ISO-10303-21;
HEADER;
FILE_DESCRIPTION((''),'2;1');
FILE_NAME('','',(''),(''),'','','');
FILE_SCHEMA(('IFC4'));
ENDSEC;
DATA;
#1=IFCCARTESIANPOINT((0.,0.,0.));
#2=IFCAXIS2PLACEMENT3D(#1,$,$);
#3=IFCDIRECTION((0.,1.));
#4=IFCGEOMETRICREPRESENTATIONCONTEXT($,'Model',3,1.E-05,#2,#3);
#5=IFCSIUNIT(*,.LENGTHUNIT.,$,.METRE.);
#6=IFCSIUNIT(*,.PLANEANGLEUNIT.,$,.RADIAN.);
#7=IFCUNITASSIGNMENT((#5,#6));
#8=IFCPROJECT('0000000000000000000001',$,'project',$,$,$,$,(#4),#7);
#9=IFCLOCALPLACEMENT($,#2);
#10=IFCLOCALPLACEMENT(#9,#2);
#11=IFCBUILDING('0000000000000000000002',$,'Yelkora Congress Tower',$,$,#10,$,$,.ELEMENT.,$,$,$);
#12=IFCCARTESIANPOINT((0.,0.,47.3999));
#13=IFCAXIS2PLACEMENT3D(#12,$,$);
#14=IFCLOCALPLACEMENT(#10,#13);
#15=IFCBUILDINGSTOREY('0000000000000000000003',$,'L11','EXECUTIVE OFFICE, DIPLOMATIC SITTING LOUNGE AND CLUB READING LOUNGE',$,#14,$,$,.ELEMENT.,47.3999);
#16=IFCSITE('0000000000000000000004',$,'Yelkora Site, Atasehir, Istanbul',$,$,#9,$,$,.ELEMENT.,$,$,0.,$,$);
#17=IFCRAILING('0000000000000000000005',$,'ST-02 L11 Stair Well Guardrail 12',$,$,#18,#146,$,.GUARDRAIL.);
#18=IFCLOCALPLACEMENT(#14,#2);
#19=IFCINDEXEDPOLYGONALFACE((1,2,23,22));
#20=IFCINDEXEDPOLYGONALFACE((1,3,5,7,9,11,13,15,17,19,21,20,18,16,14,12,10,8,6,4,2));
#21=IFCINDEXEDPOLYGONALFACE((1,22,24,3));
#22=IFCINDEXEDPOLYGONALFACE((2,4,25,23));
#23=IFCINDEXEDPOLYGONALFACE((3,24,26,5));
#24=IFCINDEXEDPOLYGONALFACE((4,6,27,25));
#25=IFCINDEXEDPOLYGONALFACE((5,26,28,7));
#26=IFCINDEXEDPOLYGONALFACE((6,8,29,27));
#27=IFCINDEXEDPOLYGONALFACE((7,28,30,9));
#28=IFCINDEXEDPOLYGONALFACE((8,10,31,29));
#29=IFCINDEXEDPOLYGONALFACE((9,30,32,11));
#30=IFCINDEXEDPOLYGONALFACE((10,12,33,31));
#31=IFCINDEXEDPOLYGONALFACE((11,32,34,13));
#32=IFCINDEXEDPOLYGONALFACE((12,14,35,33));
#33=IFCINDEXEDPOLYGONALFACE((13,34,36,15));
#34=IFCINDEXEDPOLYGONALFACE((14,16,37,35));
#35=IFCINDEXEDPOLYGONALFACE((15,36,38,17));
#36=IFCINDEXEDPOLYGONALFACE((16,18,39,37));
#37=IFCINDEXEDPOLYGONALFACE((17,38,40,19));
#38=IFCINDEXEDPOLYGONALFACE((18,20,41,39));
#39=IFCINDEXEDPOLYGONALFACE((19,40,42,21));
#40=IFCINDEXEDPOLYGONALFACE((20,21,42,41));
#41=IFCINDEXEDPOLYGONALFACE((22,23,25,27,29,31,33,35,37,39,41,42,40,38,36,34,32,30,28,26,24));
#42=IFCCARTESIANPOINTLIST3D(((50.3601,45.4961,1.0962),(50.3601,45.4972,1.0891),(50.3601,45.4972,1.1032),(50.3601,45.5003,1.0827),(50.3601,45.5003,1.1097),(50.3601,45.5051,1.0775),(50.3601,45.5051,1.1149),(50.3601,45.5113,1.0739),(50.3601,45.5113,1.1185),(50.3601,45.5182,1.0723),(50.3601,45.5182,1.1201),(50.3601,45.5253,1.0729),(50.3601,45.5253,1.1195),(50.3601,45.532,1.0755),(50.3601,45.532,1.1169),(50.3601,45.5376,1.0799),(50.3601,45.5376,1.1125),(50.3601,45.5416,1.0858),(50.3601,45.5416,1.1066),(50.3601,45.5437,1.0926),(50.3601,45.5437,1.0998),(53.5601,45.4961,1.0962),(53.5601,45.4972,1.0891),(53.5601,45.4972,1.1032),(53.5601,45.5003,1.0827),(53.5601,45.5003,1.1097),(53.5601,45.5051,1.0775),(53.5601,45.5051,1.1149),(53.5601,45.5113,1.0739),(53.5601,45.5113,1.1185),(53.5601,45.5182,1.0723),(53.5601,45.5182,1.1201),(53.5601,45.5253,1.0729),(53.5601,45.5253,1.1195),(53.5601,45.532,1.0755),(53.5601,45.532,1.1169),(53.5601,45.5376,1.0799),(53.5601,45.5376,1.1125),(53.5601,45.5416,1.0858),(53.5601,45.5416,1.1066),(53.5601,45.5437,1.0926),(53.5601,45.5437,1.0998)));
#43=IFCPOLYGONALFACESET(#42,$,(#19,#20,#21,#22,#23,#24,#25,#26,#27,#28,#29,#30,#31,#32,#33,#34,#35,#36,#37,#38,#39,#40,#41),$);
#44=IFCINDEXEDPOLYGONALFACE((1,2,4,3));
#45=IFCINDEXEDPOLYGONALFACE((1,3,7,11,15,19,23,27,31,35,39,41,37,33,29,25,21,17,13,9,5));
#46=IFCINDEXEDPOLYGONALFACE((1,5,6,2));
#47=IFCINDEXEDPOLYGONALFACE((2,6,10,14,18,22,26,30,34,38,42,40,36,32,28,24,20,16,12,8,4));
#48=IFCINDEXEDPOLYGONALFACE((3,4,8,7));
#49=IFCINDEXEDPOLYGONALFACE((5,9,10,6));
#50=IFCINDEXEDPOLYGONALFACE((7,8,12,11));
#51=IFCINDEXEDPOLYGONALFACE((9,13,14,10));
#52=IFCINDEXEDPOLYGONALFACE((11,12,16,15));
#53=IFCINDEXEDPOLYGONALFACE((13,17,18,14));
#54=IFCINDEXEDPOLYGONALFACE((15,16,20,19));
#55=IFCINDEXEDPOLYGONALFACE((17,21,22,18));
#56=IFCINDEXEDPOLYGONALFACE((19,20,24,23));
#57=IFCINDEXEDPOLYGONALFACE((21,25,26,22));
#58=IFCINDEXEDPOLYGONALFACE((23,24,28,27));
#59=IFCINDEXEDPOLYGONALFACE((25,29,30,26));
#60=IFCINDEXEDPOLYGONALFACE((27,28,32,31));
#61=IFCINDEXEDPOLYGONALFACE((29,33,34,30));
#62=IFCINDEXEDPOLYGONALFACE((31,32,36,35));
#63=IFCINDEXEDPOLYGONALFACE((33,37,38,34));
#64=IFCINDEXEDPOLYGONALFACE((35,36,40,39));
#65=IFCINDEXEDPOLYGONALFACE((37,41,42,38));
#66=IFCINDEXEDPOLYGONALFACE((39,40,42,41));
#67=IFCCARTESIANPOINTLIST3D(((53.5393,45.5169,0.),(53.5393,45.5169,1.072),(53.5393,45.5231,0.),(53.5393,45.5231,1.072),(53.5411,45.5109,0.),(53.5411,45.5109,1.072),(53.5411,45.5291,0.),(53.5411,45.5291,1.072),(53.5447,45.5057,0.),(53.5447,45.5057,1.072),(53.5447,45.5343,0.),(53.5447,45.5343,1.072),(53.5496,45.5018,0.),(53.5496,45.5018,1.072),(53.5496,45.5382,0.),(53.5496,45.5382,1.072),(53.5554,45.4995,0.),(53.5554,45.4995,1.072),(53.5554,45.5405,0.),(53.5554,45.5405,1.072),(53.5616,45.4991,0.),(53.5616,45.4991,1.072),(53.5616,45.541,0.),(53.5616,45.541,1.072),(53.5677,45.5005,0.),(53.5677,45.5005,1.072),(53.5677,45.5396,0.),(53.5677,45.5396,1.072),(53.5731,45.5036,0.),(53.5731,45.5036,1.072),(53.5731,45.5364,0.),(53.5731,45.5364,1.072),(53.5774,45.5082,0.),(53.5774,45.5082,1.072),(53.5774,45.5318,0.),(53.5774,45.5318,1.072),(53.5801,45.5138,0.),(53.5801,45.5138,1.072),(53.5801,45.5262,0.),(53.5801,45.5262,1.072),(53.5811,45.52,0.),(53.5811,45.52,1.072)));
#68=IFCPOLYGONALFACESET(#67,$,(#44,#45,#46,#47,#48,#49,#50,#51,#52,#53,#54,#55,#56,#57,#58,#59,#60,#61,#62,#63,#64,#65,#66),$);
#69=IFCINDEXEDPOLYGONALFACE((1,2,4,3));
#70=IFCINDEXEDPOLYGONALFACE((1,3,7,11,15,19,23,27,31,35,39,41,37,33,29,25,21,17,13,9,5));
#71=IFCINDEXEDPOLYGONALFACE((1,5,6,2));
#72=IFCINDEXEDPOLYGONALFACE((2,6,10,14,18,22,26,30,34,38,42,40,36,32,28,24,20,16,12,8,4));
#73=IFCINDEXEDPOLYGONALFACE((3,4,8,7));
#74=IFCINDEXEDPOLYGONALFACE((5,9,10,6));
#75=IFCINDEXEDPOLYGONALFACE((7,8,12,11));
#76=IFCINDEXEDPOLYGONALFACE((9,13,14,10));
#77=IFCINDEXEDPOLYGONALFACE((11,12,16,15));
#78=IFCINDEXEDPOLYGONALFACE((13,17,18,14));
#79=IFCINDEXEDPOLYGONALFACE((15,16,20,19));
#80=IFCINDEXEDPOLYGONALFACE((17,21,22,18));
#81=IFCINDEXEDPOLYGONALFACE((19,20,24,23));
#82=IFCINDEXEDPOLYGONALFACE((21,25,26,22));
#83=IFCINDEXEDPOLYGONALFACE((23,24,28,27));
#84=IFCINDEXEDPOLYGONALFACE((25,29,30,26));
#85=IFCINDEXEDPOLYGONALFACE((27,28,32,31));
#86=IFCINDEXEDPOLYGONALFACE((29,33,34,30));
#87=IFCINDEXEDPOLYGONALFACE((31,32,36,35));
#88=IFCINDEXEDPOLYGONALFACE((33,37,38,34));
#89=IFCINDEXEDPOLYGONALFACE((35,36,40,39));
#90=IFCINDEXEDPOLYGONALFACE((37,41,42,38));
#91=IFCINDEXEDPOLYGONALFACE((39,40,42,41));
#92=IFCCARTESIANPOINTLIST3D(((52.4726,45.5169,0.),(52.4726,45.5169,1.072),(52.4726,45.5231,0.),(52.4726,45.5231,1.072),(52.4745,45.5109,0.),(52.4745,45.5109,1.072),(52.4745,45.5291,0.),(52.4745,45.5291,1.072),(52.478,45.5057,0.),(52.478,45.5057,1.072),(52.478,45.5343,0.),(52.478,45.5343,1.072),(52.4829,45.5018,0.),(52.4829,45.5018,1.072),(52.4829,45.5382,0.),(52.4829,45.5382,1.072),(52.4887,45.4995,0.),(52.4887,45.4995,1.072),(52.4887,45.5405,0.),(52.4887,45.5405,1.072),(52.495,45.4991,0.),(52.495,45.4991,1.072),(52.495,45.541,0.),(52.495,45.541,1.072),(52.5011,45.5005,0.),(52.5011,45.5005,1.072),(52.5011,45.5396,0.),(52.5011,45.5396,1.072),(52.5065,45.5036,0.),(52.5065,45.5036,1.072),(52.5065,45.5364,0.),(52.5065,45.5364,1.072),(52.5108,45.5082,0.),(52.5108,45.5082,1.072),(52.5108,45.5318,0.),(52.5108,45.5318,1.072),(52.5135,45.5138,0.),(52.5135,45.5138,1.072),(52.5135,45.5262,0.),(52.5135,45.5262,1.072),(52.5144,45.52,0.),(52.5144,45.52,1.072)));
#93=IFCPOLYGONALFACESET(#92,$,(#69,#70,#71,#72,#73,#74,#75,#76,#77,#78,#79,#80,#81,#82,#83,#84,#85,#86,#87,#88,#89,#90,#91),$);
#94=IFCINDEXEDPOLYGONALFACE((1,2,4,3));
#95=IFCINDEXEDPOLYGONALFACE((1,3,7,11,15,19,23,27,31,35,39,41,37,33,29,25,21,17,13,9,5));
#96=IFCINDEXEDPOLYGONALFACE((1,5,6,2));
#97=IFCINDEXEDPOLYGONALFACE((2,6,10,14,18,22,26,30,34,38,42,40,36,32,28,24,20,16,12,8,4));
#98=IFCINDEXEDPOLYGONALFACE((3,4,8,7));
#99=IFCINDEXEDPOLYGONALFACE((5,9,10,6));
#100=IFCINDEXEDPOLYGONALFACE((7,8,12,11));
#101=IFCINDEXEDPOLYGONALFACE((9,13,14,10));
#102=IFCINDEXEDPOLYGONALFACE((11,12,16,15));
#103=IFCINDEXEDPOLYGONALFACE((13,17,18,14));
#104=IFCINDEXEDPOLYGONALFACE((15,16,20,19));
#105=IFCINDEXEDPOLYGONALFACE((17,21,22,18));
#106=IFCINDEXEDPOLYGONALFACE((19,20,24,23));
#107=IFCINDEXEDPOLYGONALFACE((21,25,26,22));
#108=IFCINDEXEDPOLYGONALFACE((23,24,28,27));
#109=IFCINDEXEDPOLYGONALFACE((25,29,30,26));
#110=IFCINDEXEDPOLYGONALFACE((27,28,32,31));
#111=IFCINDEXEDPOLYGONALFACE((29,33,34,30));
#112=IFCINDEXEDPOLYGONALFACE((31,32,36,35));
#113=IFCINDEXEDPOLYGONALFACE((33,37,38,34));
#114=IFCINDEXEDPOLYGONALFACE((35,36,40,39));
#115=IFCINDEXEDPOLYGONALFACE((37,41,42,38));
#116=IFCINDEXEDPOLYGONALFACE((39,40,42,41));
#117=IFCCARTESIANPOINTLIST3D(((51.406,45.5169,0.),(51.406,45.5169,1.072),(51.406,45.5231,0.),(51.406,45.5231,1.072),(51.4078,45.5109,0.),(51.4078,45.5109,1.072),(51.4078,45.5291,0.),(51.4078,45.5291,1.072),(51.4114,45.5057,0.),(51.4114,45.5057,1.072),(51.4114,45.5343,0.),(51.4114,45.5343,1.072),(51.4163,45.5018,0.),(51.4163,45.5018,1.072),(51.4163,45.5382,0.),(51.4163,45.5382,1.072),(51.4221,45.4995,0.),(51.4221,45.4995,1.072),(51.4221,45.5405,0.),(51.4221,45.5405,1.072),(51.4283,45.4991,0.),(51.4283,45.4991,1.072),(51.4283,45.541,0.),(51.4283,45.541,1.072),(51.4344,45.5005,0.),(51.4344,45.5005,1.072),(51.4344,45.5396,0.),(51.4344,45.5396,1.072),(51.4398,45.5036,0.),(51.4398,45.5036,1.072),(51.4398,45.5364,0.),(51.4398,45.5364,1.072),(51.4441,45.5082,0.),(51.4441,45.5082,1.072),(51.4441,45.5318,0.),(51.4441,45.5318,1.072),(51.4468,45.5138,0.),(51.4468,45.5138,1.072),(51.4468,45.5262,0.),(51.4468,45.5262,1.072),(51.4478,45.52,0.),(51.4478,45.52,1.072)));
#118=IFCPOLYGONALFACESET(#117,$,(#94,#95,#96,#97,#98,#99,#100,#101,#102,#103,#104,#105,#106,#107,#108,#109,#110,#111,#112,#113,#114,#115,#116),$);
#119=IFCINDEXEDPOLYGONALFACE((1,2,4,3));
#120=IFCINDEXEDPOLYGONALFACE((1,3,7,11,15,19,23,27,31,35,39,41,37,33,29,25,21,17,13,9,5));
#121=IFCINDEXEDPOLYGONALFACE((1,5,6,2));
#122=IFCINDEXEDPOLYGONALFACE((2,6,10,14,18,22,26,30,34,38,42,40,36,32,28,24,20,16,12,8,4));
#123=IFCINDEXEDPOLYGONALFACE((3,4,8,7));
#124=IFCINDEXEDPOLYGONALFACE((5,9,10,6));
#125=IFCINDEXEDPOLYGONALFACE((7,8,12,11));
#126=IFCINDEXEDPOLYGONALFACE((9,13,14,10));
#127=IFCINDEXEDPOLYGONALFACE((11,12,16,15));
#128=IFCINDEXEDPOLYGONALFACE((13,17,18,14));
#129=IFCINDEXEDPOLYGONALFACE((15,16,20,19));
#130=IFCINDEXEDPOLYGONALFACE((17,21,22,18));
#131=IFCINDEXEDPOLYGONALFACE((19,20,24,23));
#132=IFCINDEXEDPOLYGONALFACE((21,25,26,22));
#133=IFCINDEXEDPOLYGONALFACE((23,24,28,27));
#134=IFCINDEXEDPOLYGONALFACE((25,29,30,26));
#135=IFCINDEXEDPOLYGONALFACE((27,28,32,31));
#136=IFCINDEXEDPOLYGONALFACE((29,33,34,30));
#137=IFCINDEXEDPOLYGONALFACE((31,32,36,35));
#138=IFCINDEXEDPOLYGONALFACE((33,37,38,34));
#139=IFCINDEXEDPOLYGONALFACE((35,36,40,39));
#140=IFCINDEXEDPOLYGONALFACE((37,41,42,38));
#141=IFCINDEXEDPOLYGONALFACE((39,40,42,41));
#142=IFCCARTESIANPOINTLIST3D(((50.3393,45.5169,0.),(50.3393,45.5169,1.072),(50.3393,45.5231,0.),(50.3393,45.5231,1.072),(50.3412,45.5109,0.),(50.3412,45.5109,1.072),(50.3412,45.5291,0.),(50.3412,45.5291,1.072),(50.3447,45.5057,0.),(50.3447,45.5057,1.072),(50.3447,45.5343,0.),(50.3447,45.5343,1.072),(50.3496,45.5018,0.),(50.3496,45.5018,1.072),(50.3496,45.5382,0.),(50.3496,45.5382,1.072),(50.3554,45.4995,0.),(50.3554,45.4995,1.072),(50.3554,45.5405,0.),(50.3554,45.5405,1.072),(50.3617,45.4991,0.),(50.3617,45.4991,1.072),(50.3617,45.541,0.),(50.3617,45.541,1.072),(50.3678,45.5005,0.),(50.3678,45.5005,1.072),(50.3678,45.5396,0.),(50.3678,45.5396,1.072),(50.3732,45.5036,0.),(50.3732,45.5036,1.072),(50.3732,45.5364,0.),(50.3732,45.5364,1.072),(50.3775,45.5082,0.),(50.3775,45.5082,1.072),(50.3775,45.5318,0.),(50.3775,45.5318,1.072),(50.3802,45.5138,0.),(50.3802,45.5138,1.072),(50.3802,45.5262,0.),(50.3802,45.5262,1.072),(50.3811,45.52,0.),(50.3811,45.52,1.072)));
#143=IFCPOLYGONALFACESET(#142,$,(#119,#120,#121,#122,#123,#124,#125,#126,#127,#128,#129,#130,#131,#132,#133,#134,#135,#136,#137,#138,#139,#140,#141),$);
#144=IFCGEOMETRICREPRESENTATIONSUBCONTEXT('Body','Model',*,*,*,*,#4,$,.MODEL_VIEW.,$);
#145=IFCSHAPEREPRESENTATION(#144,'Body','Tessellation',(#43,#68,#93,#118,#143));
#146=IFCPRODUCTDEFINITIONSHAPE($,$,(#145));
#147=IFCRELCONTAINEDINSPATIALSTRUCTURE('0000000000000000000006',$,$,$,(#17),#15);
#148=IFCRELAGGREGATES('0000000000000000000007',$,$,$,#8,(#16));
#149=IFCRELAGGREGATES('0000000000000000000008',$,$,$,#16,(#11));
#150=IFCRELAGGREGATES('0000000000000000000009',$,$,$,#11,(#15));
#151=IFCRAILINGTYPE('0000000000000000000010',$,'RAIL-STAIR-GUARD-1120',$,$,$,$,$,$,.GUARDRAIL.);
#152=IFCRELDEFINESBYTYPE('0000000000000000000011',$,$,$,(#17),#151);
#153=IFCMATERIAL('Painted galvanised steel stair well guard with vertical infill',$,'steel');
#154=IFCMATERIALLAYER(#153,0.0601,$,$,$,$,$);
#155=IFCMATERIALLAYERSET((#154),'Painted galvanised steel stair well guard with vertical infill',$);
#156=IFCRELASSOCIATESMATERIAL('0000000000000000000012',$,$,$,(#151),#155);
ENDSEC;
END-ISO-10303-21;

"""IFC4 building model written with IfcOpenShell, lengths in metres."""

from ifc_helpers import new_model, si_unit, direction, frame, origin, origin_2d, place, context, subcontext, project, spatial, circle, extrude, material, layer, layer_set, type_object, element, save


model = new_model("IFC4")

# Units and contexts
model_context = context("Model", 3, precision=1e-05, world=origin(), true_north=direction((0.0, 1.0)))
body_context = subcontext(model_context, "Body", "Model", "MODEL_VIEW")
ifc_project = project(units=[si_unit("LENGTHUNIT", "METRE"), si_unit("PLANEANGLEUNIT", "RADIAN")], contexts=[model_context])

# Site, building, storey
site_placement = place(None, origin())
site = spatial("IfcSite", under=ifc_project, at=site_placement, Name="Yelkora Site, Atasehir, Istanbul", CompositionType="ELEMENT", RefElevation=0.0)
building_placement = place(site_placement, origin())
building = spatial("IfcBuilding", under=site, at=building_placement, Name="Yelkora Congress Tower", CompositionType="ELEMENT")
storey_placement = place(building_placement, frame((0.0, 0.0, 47.3999)))
storey = spatial("IfcBuildingStorey", under=building, at=storey_placement, Name="L11", Description="EXECUTIVE OFFICE, DIPLOMATIC SITTING LOUNGE AND CLUB READING LOUNGE", CompositionType="ELEMENT", Elevation=47.3999)

# Railing
ifc_material_1 = material(Name="Painted galvanised steel stair well guard with vertical infill", Category="steel")
ifc_layer_1 = layer(ifc_material_1, 0.0601)
ifc_layer_set_1 = layer_set([ifc_layer_1], Name="Painted galvanised steel stair well guard with vertical infill")
railing_type_1 = type_object("IfcRailingType", Name="RAIL-STAIR-GUARD-1120", PredefinedType="GUARDRAIL", material=ifc_layer_set_1)
railing_1_placement = place(storey_placement, frame((53.5601, 45.52, 0.0)))
element("IfcRailing", 1, at=railing_1_placement, inside=storey, type_object=railing_type_1, Name="ST-02 L11 Stair Well Guardrail 12", PredefinedType="GUARDRAIL", context=body_context, shape_type="SweptSolid", body=[
    extrude(circle(Radius=0.0239, at=origin_2d()), frame((0.0, 0.0, 1.0962), z_axis=(-1.0, 0.0, 0.0), x_axis=(0.0, -1.0, 0.0)), (0.0, 0.0, 1.0), 3.2),
    extrude(circle(Radius=0.021, at=origin_2d()), origin(), (0.0, 0.0, 1.0), 1.072),
    extrude(circle(Radius=0.021, at=origin_2d()), frame((-1.0667, 0.0, 0.0)), (0.0, 0.0, 1.0), 1.072),
    extrude(circle(Radius=0.021, at=origin_2d()), frame((-2.1333, 0.0, 0.0)), (0.0, 0.0, 1.0), 1.072),
    extrude(circle(Radius=0.021, at=origin_2d()), frame((-3.2, 0.0, 0.0)), (0.0, 0.0, 1.0), 1.072),
])

save(model, "model.ifc")
